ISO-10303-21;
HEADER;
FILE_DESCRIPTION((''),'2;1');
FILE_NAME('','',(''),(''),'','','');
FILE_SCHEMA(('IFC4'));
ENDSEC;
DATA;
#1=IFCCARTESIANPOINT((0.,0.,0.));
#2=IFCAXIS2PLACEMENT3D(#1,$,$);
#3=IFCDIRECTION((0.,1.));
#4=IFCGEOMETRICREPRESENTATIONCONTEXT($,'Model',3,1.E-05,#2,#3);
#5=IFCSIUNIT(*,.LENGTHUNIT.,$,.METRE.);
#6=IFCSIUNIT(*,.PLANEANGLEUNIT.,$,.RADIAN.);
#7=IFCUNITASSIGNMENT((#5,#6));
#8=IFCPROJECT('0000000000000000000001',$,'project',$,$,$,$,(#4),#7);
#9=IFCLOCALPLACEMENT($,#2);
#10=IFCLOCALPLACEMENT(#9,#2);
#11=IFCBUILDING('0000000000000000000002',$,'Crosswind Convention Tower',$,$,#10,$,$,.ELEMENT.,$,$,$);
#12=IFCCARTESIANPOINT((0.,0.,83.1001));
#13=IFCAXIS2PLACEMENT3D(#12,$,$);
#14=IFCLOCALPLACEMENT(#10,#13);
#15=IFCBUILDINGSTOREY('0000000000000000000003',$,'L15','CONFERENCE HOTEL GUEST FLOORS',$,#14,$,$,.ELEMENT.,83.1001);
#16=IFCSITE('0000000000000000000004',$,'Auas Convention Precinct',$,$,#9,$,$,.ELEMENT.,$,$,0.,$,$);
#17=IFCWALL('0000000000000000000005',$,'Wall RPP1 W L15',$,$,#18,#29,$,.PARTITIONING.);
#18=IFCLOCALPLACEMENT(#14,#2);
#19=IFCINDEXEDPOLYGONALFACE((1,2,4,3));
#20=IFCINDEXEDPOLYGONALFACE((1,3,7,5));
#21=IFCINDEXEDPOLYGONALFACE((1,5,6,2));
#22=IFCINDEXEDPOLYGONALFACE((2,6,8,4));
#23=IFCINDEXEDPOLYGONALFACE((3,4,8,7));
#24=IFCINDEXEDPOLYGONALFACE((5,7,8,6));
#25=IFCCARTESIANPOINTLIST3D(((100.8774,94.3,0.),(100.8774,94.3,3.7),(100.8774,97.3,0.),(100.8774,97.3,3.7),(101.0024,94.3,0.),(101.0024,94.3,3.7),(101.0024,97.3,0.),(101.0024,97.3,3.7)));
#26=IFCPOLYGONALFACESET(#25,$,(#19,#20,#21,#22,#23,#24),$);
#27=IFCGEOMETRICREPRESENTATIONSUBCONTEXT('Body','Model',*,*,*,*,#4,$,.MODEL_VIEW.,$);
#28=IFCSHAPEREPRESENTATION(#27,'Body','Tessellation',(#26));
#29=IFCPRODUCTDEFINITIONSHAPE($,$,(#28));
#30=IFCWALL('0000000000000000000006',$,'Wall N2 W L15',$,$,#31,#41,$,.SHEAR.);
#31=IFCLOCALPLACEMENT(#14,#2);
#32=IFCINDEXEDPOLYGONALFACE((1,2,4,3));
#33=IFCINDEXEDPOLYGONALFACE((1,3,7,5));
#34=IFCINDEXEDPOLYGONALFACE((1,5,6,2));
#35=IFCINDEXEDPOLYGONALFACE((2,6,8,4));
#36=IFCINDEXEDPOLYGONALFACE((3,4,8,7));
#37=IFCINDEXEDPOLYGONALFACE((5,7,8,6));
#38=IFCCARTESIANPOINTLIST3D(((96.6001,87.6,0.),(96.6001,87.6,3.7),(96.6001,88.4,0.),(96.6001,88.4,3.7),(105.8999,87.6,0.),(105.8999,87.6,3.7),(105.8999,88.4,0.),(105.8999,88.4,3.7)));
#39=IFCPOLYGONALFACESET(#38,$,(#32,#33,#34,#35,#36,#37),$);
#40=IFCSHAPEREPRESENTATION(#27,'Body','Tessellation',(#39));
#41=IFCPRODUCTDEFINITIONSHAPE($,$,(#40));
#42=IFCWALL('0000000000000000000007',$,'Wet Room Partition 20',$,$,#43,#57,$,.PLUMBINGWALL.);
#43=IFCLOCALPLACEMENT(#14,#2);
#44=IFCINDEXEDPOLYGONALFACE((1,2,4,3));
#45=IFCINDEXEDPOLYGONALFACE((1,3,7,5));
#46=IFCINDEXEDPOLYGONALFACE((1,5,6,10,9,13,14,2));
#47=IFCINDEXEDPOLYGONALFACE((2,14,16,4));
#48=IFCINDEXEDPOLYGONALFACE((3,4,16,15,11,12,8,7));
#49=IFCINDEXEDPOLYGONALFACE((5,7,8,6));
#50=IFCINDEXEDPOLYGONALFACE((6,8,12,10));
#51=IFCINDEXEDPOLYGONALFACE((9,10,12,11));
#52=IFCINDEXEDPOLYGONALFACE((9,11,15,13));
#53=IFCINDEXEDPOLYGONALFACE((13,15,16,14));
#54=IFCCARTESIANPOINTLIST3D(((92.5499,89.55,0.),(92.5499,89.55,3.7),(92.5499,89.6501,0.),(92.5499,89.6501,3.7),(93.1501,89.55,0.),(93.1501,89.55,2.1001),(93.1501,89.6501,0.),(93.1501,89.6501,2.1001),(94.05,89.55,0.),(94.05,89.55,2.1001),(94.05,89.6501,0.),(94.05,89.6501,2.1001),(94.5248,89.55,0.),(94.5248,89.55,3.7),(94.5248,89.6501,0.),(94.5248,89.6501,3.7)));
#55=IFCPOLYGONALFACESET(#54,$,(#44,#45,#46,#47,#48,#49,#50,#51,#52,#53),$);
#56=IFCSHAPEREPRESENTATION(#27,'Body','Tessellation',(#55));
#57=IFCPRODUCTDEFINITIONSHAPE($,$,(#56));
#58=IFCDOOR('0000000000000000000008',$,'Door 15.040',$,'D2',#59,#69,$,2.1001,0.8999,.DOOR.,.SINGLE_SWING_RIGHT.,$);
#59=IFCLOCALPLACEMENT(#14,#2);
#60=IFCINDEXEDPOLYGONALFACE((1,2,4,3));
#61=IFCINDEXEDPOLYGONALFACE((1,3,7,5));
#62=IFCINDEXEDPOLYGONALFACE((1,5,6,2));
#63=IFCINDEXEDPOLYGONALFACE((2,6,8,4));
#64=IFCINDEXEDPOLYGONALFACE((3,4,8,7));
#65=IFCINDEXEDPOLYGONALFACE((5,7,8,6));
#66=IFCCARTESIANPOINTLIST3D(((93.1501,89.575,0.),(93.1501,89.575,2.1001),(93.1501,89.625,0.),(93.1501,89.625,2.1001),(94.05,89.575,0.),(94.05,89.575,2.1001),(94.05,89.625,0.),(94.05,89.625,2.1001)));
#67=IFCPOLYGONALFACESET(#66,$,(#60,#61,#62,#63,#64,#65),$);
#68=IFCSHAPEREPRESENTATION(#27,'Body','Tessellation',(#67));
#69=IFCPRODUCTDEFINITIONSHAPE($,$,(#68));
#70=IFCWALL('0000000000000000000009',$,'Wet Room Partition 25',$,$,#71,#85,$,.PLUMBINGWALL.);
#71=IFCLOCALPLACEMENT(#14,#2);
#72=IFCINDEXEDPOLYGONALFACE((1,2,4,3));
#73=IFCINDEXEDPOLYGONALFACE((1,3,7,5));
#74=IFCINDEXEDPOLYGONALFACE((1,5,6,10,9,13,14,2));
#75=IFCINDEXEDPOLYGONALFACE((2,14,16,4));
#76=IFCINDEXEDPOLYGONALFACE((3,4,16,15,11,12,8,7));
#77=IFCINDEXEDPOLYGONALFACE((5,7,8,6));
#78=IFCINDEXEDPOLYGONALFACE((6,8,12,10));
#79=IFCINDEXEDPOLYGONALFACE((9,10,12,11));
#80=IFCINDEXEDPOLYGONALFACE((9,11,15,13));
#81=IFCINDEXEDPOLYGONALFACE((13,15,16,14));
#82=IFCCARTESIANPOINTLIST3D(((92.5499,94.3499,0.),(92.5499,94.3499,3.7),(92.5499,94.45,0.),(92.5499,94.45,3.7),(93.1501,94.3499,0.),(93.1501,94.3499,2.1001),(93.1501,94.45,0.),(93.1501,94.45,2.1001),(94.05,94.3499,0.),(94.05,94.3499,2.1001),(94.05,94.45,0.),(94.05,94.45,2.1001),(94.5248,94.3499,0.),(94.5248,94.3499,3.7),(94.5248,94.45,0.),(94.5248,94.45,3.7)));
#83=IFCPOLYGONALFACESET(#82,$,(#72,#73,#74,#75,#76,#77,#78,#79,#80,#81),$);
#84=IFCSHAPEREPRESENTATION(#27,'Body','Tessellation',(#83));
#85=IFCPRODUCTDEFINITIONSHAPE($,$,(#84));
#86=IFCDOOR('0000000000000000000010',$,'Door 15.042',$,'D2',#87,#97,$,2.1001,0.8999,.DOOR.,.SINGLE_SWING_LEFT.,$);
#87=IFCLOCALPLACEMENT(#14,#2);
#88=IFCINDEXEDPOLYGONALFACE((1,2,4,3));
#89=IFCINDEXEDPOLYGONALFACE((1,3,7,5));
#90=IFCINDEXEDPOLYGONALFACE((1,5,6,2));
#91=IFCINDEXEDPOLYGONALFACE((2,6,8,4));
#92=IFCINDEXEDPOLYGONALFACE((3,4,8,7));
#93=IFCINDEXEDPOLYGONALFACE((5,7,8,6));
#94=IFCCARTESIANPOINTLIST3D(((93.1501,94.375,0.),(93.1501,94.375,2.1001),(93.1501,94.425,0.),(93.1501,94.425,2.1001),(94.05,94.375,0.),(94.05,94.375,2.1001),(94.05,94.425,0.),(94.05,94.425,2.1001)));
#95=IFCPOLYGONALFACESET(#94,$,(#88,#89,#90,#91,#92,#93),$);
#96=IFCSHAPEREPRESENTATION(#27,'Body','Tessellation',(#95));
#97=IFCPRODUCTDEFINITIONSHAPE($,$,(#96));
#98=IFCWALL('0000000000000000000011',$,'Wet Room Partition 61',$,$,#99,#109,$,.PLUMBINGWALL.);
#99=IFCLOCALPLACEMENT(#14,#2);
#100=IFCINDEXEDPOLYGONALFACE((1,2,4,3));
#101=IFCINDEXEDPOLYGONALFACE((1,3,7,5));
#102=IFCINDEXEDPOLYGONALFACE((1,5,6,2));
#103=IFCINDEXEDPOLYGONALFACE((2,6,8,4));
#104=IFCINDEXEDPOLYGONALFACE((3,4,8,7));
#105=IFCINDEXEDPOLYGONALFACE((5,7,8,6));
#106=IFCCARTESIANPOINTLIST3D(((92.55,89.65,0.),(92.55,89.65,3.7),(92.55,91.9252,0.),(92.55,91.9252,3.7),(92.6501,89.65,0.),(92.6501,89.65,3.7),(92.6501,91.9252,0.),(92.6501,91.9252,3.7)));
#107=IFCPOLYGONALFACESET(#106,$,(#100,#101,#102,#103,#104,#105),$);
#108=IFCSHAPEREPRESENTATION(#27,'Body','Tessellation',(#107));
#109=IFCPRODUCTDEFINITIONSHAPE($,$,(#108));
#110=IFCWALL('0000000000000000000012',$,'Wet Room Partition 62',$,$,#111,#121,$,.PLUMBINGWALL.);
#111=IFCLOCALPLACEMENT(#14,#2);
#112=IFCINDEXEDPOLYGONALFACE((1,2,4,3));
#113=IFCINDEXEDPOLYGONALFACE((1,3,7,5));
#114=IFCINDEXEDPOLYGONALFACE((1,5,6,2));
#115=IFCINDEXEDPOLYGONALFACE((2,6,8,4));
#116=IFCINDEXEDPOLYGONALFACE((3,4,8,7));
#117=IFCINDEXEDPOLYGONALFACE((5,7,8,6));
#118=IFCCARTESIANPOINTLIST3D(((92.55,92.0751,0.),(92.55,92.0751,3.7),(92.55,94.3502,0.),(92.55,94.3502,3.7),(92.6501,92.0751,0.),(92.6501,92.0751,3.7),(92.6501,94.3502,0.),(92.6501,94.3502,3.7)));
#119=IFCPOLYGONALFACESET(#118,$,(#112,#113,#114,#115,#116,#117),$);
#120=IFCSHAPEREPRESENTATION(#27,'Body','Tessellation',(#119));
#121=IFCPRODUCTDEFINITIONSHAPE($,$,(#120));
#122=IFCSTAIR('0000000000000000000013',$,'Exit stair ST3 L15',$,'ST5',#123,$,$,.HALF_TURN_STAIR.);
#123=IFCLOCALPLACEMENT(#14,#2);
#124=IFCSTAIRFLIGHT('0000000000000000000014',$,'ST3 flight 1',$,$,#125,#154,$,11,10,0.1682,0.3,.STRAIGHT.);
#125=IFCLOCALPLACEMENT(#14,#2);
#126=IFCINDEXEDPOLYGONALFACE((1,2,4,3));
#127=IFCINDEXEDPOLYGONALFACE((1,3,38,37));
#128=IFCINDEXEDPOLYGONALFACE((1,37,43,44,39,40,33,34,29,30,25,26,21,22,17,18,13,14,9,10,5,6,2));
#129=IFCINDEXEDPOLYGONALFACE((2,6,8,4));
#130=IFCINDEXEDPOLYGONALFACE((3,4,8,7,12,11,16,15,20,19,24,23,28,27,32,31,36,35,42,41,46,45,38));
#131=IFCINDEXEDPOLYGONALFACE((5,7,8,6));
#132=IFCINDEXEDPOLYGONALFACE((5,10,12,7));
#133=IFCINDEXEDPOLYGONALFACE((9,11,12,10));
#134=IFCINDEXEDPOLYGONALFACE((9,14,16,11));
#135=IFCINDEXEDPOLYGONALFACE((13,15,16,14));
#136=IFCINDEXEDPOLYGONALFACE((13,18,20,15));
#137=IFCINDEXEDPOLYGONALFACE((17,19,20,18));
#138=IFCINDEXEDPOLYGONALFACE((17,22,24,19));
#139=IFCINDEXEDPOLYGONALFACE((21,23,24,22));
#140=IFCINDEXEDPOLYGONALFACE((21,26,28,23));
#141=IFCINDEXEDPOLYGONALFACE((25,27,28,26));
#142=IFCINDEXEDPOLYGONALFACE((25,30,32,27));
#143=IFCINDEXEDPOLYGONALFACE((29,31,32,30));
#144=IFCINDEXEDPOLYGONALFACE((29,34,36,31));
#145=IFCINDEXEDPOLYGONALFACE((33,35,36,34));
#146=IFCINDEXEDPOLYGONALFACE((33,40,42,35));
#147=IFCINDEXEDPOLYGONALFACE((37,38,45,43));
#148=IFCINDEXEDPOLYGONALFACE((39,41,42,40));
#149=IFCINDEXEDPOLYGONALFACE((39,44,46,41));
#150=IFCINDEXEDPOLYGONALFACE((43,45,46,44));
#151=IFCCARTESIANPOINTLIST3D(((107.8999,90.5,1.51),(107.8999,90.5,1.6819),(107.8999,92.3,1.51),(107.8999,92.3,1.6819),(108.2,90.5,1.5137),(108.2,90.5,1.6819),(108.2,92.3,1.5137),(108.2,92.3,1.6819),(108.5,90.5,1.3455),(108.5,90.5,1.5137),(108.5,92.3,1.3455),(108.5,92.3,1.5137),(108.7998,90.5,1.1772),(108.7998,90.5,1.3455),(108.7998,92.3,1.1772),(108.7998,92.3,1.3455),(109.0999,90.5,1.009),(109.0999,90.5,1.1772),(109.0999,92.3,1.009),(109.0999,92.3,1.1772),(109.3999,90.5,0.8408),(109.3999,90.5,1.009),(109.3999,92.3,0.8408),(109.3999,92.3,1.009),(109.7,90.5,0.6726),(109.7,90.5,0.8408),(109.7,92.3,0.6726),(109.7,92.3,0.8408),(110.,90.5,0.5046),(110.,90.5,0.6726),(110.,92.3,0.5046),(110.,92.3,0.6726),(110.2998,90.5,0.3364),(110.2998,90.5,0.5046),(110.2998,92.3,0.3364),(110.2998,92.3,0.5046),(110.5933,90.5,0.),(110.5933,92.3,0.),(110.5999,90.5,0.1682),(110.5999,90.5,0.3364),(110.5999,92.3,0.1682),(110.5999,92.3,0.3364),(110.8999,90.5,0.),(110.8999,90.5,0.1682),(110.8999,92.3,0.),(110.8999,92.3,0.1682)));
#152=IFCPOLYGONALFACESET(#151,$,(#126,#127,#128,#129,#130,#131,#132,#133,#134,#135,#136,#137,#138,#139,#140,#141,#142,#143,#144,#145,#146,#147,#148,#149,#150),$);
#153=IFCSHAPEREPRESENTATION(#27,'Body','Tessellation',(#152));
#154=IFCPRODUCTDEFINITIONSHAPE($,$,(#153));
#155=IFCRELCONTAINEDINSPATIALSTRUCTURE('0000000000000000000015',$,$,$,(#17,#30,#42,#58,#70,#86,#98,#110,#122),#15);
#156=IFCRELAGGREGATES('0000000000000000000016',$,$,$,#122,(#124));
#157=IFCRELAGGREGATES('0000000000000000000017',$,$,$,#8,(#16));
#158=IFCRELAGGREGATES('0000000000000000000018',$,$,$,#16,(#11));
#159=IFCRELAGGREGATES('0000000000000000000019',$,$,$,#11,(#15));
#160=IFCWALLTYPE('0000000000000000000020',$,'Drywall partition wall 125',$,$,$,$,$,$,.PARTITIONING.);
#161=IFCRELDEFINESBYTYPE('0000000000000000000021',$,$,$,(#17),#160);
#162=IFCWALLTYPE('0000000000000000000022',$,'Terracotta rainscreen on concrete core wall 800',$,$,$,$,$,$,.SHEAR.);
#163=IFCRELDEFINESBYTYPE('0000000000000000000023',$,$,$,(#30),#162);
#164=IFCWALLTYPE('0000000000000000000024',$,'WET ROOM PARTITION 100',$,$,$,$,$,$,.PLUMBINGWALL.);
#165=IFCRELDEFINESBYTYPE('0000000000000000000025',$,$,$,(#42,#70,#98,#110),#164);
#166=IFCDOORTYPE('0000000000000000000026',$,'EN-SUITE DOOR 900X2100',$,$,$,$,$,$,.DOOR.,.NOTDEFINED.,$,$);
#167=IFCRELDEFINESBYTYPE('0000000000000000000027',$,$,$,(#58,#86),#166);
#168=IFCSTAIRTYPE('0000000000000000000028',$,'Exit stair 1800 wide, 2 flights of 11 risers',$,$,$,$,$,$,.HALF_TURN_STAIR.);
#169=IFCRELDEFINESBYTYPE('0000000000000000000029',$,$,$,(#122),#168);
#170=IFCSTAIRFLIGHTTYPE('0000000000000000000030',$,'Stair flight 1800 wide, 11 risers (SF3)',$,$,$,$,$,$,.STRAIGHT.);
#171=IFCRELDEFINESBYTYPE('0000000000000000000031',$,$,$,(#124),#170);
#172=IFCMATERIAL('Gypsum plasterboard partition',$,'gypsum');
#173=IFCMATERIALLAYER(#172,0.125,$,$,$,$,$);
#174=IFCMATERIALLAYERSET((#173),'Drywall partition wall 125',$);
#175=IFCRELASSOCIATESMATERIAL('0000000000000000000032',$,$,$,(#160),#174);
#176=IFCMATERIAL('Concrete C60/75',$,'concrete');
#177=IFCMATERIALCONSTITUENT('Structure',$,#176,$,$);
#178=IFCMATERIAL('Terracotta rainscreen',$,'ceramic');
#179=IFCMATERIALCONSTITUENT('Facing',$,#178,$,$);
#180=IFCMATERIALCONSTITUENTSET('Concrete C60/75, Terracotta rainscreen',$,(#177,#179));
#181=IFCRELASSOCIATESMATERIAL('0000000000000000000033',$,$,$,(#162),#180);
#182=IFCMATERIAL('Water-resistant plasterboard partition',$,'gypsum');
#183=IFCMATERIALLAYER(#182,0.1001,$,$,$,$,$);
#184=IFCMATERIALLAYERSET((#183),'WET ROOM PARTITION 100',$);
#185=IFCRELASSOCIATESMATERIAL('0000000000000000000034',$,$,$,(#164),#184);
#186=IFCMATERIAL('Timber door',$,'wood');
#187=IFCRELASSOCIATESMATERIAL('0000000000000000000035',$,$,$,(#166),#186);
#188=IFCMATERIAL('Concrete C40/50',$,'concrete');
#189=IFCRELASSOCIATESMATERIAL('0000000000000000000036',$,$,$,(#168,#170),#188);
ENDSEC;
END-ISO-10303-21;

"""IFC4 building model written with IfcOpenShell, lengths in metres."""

from ifc_helpers import new_model, si_unit, direction, frame, frame_2d, origin, place, context, subcontext, project, spatial, polyline, rectangle, outline, extrude, material, layer, layer_set, constituent, constituent_set, type_object, element, fill, aggregate, save


model = new_model("IFC4")

# Units and contexts
model_context = context("Model", 3, precision=1e-05, world=origin(), true_north=direction((0.0, 1.0)))
body_context = subcontext(model_context, "Body", "Model", "MODEL_VIEW")
ifc_project = project(units=[si_unit("LENGTHUNIT", "METRE"), si_unit("PLANEANGLEUNIT", "RADIAN")], contexts=[model_context])

# Site, building, storey
site_placement = place(None, origin())
site = spatial("IfcSite", under=ifc_project, at=site_placement, Name="Auas Convention Precinct", CompositionType="ELEMENT", RefElevation=0.0)
building_placement = place(site_placement, origin())
building = spatial("IfcBuilding", under=site, at=building_placement, Name="Crosswind Convention Tower", CompositionType="ELEMENT")
storey_placement = place(building_placement, frame((0.0, 0.0, 83.1001)))
storey = spatial("IfcBuildingStorey", under=building, at=storey_placement, Name="L15", Description="CONFERENCE HOTEL GUEST FLOORS", CompositionType="ELEMENT", Elevation=83.1001)

# Shared definitions
ifc_material_1 = material(Name="Timber door", Category="wood")

# Wall
ifc_material_2 = material(Name="Gypsum plasterboard partition", Category="gypsum")
ifc_layer_1 = layer(ifc_material_2, 0.125)
ifc_layer_set_1 = layer_set([ifc_layer_1], Name="Drywall partition wall 125")
wall_type_1 = type_object("IfcWallType", Name="Drywall partition wall 125", PredefinedType="PARTITIONING", material=ifc_layer_set_1)
wall_1_placement = place(storey_placement, frame((100.9399, 97.3, 0.0), z_axis=(0.0, 0.0, 1.0), x_axis=(0.0, -1.0, 0.0)))
element("IfcWall", 1, at=wall_1_placement, inside=storey, type_object=wall_type_1, Name="Wall RPP1 W L15", PredefinedType="PARTITIONING", context=body_context, shape_type="SweptSolid", body=[
    extrude(rectangle(XDim=3.0, YDim=0.125, at=frame_2d((1.5, 0.0))), origin(), (0.0, 0.0, 1.0), 3.7),
])

# Shared definitions
ifc_material_3 = material(Name="Terracotta rainscreen", Category="ceramic")

# Wall
ifc_material_4 = material(Name="Concrete C60/75", Category="concrete")
ifc_constituent_1 = constituent(ifc_material_4, Name="Structure")
ifc_constituent_2 = constituent(ifc_material_3, Name="Facing")
ifc_constituent_set = constituent_set(constituents=[ifc_constituent_1, ifc_constituent_2], Name="Concrete C60/75, Terracotta rainscreen")
wall_type_2 = type_object("IfcWallType", Name="Terracotta rainscreen on concrete core wall 800", PredefinedType="SHEAR", material=ifc_constituent_set)
wall_2_placement = place(storey_placement, frame((105.8999, 88.0, 0.0), z_axis=(0.0, 0.0, 1.0), x_axis=(-1.0, 0.0, 0.0)))
element("IfcWall", 2, at=wall_2_placement, inside=storey, type_object=wall_type_2, Name="Wall N2 W L15", PredefinedType="SHEAR", context=body_context, shape_type="SweptSolid", body=[
    extrude(rectangle(XDim=9.2998, YDim=0.8, at=frame_2d((4.6499, 0.0))), origin(), (0.0, 0.0, 1.0), 3.7),
])

# Walls, openings, doors
ifc_material_5 = material(Name="Water-resistant plasterboard partition", Category="gypsum")
ifc_layer_2 = layer(ifc_material_5, 0.1001)
ifc_layer_set_2 = layer_set([ifc_layer_2], Name="WET ROOM PARTITION 100")
wall_type_3 = type_object("IfcWallType", Name="WET ROOM PARTITION 100", PredefinedType="PLUMBINGWALL", material=ifc_layer_set_2)
wall_3_placement = place(storey_placement, frame((92.55, 89.6001, 0.0), z_axis=(0.0, 0.0, 1.0), x_axis=(1.0, 0.0, 0.0)))
wall_3 = element("IfcWall", 3, at=wall_3_placement, inside=storey, type_object=wall_type_3, Name="Wet Room Partition 20", PredefinedType="PLUMBINGWALL", context=body_context, shape_type="SweptSolid", body=[
    extrude(rectangle(XDim=1.9749, YDim=0.1001, at=frame_2d((0.9873, 0.0))), origin(), (0.0, 0.0, 1.0), 3.7),
])
opening_1_placement = place(wall_3_placement, frame((0.6001, 0.0, 0.0)))
opening_1 = element("IfcOpeningElement", 4, at=opening_1_placement, cuts=wall_3, PredefinedType="OPENING", context=body_context, shape_type="SweptSolid", body=[
    extrude(rectangle(XDim=0.8999, YDim=2.1001, at=frame_2d((0.45, 1.05))), frame((0.0, 0.0601, 0.0), z_axis=(0.0, -1.0, 0.0), x_axis=(1.0, 0.0, 0.0)), (0.0, 0.0, 1.0), 0.1201),
])
door_type_1 = type_object("IfcDoorType", Name="EN-SUITE DOOR 900X2100", OperationType="NOTDEFINED", PredefinedType="DOOR", material=ifc_material_1)
door_1_placement = place(opening_1_placement, origin())
door_1 = element("IfcDoor", 5, at=door_1_placement, inside=storey, type_object=door_type_1, Name="Door 15.040", ObjectType="D2", OperationType="SINGLE_SWING_RIGHT", OverallHeight=2.1001, OverallWidth=0.8999, PredefinedType="DOOR", context=body_context, shape_type="SweptSolid", body=[
    extrude(rectangle(XDim=0.8999, YDim=2.1001, at=frame_2d((0.45, 1.05))), frame((0.0, 0.0249, 0.0), z_axis=(0.0, -1.0, 0.0), x_axis=(1.0, 0.0, 0.0)), (0.0, 0.0, 1.0), 0.05),
])
fill(opening_1, door_1)
wall_4_placement = place(storey_placement, frame((92.55, 94.3999, 0.0), z_axis=(0.0, 0.0, 1.0), x_axis=(1.0, 0.0, 0.0)))
wall_4 = element("IfcWall", 6, at=wall_4_placement, inside=storey, type_object=wall_type_3, Name="Wet Room Partition 25", PredefinedType="PLUMBINGWALL", context=body_context, shape_type="SweptSolid", body=[
    extrude(rectangle(XDim=1.9749, YDim=0.1001, at=frame_2d((0.9873, 0.0))), origin(), (0.0, 0.0, 1.0), 3.7),
])
opening_2_placement = place(wall_4_placement, frame((0.6001, 0.0, 0.0)))
opening_2 = element("IfcOpeningElement", 7, at=opening_2_placement, cuts=wall_4, PredefinedType="OPENING", context=body_context, shape_type="SweptSolid", body=[
    extrude(rectangle(XDim=0.8999, YDim=2.1001, at=frame_2d((0.45, 1.05))), frame((0.0, 0.0601, 0.0), z_axis=(0.0, -1.0, 0.0), x_axis=(1.0, 0.0, 0.0)), (0.0, 0.0, 1.0), 0.1201),
])
door_2_placement = place(opening_2_placement, frame((0.8999, 0.0, 0.0), z_axis=(0.0, 0.0, 1.0), x_axis=(-1.0, 0.0, 0.0)))
door_2 = element("IfcDoor", 8, at=door_2_placement, inside=storey, type_object=door_type_1, Name="Door 15.042", ObjectType="D2", OperationType="SINGLE_SWING_LEFT", OverallHeight=2.1001, OverallWidth=0.8999, PredefinedType="DOOR", context=body_context, shape_type="SweptSolid", body=[
    extrude(rectangle(XDim=0.8999, YDim=2.1001, at=frame_2d((0.45, 1.05))), frame((0.0, 0.0249, 0.0), z_axis=(0.0, -1.0, 0.0), x_axis=(1.0, 0.0, 0.0)), (0.0, 0.0, 1.0), 0.05),
])
fill(opening_2, door_2)

# Walls
for number, where, z_axis, x_axis, name in (
    (9, (92.6001, 89.6499, 0.0), (0.0, 0.0, 1.0), (0.0, 1.0, 0.0), "Wet Room Partition 61"),
    (10, (92.6001, 92.075, 0.0), (0.0, 0.0, 1.0), (0.0, 1.0, 0.0), "Wet Room Partition 62"),
):
    element("IfcWall", number, at=place(storey_placement, frame(where, z_axis=z_axis, x_axis=x_axis)), inside=storey, type_object=wall_type_3, Name=name, PredefinedType="PLUMBINGWALL", context=body_context, shape_type="SweptSolid", body=[
        extrude(rectangle(XDim=2.2751, YDim=0.1001, at=frame_2d((1.1377, 0.0))), origin(), (0.0, 0.0, 1.0), 3.7),
    ])

# Stair, stair flight
ifc_material_6 = material(Name="Concrete C40/50", Category="concrete")
stair_type = type_object("IfcStairType", Name="Exit stair 1800 wide, 2 flights of 11 risers", PredefinedType="HALF_TURN_STAIR", material=ifc_material_6)
stair_placement = place(storey_placement, origin())
stair = element("IfcStair", 11, at=stair_placement, inside=storey, type_object=stair_type, Name="Exit stair ST3 L15", ObjectType="ST5", PredefinedType="HALF_TURN_STAIR")
stair_flight_type = type_object("IfcStairFlightType", Name="Stair flight 1800 wide, 11 risers (SF3)", PredefinedType="STRAIGHT", material=ifc_material_6)
stair_flight_1_placement = place(storey_placement, frame((110.8999, 91.3999, 0.0), z_axis=(0.0, 0.0, 1.0), x_axis=(-1.0, 0.0, 0.0)))
stair_flight_1 = element("IfcStairFlight", 12, at=stair_flight_1_placement, type_object=stair_flight_type, Name="ST3 flight 1", NumberOfRisers=11, NumberOfTreads=10, PredefinedType="STRAIGHT", RiserHeight=0.1682, TreadLength=0.3, context=body_context, shape_type="SweptSolid", body=[
    extrude(outline(polyline([(0.0, 0.0), (0.0, 0.1682), (0.3, 0.1682), (0.3, 0.3364), (0.6001, 0.3364), (0.6001, 0.5046), (0.8999, 0.5046), (0.8999, 0.6726), (1.2, 0.6726), (1.2, 0.8408), (1.5, 0.8408), (1.5, 1.009), (1.8, 1.009), (1.8, 1.1772), (2.1001, 1.1772), (2.1001, 1.3455), (2.3999, 1.3455), (2.3999, 1.5137), (2.7, 1.5137), (2.7, 1.6819), (3.0, 1.6819), (3.0, 1.8501), (3.0, 1.51), (0.3066, 0.0), (0.0, 0.0)])), frame((0.0, 0.8999, 0.0), z_axis=(0.0, -1.0, 0.0), x_axis=(1.0, 0.0, 0.0)), (0.0, 0.0, 1.0), 1.8),
])
aggregate(stair, [stair_flight_1])

save(model, "model.ifc")
